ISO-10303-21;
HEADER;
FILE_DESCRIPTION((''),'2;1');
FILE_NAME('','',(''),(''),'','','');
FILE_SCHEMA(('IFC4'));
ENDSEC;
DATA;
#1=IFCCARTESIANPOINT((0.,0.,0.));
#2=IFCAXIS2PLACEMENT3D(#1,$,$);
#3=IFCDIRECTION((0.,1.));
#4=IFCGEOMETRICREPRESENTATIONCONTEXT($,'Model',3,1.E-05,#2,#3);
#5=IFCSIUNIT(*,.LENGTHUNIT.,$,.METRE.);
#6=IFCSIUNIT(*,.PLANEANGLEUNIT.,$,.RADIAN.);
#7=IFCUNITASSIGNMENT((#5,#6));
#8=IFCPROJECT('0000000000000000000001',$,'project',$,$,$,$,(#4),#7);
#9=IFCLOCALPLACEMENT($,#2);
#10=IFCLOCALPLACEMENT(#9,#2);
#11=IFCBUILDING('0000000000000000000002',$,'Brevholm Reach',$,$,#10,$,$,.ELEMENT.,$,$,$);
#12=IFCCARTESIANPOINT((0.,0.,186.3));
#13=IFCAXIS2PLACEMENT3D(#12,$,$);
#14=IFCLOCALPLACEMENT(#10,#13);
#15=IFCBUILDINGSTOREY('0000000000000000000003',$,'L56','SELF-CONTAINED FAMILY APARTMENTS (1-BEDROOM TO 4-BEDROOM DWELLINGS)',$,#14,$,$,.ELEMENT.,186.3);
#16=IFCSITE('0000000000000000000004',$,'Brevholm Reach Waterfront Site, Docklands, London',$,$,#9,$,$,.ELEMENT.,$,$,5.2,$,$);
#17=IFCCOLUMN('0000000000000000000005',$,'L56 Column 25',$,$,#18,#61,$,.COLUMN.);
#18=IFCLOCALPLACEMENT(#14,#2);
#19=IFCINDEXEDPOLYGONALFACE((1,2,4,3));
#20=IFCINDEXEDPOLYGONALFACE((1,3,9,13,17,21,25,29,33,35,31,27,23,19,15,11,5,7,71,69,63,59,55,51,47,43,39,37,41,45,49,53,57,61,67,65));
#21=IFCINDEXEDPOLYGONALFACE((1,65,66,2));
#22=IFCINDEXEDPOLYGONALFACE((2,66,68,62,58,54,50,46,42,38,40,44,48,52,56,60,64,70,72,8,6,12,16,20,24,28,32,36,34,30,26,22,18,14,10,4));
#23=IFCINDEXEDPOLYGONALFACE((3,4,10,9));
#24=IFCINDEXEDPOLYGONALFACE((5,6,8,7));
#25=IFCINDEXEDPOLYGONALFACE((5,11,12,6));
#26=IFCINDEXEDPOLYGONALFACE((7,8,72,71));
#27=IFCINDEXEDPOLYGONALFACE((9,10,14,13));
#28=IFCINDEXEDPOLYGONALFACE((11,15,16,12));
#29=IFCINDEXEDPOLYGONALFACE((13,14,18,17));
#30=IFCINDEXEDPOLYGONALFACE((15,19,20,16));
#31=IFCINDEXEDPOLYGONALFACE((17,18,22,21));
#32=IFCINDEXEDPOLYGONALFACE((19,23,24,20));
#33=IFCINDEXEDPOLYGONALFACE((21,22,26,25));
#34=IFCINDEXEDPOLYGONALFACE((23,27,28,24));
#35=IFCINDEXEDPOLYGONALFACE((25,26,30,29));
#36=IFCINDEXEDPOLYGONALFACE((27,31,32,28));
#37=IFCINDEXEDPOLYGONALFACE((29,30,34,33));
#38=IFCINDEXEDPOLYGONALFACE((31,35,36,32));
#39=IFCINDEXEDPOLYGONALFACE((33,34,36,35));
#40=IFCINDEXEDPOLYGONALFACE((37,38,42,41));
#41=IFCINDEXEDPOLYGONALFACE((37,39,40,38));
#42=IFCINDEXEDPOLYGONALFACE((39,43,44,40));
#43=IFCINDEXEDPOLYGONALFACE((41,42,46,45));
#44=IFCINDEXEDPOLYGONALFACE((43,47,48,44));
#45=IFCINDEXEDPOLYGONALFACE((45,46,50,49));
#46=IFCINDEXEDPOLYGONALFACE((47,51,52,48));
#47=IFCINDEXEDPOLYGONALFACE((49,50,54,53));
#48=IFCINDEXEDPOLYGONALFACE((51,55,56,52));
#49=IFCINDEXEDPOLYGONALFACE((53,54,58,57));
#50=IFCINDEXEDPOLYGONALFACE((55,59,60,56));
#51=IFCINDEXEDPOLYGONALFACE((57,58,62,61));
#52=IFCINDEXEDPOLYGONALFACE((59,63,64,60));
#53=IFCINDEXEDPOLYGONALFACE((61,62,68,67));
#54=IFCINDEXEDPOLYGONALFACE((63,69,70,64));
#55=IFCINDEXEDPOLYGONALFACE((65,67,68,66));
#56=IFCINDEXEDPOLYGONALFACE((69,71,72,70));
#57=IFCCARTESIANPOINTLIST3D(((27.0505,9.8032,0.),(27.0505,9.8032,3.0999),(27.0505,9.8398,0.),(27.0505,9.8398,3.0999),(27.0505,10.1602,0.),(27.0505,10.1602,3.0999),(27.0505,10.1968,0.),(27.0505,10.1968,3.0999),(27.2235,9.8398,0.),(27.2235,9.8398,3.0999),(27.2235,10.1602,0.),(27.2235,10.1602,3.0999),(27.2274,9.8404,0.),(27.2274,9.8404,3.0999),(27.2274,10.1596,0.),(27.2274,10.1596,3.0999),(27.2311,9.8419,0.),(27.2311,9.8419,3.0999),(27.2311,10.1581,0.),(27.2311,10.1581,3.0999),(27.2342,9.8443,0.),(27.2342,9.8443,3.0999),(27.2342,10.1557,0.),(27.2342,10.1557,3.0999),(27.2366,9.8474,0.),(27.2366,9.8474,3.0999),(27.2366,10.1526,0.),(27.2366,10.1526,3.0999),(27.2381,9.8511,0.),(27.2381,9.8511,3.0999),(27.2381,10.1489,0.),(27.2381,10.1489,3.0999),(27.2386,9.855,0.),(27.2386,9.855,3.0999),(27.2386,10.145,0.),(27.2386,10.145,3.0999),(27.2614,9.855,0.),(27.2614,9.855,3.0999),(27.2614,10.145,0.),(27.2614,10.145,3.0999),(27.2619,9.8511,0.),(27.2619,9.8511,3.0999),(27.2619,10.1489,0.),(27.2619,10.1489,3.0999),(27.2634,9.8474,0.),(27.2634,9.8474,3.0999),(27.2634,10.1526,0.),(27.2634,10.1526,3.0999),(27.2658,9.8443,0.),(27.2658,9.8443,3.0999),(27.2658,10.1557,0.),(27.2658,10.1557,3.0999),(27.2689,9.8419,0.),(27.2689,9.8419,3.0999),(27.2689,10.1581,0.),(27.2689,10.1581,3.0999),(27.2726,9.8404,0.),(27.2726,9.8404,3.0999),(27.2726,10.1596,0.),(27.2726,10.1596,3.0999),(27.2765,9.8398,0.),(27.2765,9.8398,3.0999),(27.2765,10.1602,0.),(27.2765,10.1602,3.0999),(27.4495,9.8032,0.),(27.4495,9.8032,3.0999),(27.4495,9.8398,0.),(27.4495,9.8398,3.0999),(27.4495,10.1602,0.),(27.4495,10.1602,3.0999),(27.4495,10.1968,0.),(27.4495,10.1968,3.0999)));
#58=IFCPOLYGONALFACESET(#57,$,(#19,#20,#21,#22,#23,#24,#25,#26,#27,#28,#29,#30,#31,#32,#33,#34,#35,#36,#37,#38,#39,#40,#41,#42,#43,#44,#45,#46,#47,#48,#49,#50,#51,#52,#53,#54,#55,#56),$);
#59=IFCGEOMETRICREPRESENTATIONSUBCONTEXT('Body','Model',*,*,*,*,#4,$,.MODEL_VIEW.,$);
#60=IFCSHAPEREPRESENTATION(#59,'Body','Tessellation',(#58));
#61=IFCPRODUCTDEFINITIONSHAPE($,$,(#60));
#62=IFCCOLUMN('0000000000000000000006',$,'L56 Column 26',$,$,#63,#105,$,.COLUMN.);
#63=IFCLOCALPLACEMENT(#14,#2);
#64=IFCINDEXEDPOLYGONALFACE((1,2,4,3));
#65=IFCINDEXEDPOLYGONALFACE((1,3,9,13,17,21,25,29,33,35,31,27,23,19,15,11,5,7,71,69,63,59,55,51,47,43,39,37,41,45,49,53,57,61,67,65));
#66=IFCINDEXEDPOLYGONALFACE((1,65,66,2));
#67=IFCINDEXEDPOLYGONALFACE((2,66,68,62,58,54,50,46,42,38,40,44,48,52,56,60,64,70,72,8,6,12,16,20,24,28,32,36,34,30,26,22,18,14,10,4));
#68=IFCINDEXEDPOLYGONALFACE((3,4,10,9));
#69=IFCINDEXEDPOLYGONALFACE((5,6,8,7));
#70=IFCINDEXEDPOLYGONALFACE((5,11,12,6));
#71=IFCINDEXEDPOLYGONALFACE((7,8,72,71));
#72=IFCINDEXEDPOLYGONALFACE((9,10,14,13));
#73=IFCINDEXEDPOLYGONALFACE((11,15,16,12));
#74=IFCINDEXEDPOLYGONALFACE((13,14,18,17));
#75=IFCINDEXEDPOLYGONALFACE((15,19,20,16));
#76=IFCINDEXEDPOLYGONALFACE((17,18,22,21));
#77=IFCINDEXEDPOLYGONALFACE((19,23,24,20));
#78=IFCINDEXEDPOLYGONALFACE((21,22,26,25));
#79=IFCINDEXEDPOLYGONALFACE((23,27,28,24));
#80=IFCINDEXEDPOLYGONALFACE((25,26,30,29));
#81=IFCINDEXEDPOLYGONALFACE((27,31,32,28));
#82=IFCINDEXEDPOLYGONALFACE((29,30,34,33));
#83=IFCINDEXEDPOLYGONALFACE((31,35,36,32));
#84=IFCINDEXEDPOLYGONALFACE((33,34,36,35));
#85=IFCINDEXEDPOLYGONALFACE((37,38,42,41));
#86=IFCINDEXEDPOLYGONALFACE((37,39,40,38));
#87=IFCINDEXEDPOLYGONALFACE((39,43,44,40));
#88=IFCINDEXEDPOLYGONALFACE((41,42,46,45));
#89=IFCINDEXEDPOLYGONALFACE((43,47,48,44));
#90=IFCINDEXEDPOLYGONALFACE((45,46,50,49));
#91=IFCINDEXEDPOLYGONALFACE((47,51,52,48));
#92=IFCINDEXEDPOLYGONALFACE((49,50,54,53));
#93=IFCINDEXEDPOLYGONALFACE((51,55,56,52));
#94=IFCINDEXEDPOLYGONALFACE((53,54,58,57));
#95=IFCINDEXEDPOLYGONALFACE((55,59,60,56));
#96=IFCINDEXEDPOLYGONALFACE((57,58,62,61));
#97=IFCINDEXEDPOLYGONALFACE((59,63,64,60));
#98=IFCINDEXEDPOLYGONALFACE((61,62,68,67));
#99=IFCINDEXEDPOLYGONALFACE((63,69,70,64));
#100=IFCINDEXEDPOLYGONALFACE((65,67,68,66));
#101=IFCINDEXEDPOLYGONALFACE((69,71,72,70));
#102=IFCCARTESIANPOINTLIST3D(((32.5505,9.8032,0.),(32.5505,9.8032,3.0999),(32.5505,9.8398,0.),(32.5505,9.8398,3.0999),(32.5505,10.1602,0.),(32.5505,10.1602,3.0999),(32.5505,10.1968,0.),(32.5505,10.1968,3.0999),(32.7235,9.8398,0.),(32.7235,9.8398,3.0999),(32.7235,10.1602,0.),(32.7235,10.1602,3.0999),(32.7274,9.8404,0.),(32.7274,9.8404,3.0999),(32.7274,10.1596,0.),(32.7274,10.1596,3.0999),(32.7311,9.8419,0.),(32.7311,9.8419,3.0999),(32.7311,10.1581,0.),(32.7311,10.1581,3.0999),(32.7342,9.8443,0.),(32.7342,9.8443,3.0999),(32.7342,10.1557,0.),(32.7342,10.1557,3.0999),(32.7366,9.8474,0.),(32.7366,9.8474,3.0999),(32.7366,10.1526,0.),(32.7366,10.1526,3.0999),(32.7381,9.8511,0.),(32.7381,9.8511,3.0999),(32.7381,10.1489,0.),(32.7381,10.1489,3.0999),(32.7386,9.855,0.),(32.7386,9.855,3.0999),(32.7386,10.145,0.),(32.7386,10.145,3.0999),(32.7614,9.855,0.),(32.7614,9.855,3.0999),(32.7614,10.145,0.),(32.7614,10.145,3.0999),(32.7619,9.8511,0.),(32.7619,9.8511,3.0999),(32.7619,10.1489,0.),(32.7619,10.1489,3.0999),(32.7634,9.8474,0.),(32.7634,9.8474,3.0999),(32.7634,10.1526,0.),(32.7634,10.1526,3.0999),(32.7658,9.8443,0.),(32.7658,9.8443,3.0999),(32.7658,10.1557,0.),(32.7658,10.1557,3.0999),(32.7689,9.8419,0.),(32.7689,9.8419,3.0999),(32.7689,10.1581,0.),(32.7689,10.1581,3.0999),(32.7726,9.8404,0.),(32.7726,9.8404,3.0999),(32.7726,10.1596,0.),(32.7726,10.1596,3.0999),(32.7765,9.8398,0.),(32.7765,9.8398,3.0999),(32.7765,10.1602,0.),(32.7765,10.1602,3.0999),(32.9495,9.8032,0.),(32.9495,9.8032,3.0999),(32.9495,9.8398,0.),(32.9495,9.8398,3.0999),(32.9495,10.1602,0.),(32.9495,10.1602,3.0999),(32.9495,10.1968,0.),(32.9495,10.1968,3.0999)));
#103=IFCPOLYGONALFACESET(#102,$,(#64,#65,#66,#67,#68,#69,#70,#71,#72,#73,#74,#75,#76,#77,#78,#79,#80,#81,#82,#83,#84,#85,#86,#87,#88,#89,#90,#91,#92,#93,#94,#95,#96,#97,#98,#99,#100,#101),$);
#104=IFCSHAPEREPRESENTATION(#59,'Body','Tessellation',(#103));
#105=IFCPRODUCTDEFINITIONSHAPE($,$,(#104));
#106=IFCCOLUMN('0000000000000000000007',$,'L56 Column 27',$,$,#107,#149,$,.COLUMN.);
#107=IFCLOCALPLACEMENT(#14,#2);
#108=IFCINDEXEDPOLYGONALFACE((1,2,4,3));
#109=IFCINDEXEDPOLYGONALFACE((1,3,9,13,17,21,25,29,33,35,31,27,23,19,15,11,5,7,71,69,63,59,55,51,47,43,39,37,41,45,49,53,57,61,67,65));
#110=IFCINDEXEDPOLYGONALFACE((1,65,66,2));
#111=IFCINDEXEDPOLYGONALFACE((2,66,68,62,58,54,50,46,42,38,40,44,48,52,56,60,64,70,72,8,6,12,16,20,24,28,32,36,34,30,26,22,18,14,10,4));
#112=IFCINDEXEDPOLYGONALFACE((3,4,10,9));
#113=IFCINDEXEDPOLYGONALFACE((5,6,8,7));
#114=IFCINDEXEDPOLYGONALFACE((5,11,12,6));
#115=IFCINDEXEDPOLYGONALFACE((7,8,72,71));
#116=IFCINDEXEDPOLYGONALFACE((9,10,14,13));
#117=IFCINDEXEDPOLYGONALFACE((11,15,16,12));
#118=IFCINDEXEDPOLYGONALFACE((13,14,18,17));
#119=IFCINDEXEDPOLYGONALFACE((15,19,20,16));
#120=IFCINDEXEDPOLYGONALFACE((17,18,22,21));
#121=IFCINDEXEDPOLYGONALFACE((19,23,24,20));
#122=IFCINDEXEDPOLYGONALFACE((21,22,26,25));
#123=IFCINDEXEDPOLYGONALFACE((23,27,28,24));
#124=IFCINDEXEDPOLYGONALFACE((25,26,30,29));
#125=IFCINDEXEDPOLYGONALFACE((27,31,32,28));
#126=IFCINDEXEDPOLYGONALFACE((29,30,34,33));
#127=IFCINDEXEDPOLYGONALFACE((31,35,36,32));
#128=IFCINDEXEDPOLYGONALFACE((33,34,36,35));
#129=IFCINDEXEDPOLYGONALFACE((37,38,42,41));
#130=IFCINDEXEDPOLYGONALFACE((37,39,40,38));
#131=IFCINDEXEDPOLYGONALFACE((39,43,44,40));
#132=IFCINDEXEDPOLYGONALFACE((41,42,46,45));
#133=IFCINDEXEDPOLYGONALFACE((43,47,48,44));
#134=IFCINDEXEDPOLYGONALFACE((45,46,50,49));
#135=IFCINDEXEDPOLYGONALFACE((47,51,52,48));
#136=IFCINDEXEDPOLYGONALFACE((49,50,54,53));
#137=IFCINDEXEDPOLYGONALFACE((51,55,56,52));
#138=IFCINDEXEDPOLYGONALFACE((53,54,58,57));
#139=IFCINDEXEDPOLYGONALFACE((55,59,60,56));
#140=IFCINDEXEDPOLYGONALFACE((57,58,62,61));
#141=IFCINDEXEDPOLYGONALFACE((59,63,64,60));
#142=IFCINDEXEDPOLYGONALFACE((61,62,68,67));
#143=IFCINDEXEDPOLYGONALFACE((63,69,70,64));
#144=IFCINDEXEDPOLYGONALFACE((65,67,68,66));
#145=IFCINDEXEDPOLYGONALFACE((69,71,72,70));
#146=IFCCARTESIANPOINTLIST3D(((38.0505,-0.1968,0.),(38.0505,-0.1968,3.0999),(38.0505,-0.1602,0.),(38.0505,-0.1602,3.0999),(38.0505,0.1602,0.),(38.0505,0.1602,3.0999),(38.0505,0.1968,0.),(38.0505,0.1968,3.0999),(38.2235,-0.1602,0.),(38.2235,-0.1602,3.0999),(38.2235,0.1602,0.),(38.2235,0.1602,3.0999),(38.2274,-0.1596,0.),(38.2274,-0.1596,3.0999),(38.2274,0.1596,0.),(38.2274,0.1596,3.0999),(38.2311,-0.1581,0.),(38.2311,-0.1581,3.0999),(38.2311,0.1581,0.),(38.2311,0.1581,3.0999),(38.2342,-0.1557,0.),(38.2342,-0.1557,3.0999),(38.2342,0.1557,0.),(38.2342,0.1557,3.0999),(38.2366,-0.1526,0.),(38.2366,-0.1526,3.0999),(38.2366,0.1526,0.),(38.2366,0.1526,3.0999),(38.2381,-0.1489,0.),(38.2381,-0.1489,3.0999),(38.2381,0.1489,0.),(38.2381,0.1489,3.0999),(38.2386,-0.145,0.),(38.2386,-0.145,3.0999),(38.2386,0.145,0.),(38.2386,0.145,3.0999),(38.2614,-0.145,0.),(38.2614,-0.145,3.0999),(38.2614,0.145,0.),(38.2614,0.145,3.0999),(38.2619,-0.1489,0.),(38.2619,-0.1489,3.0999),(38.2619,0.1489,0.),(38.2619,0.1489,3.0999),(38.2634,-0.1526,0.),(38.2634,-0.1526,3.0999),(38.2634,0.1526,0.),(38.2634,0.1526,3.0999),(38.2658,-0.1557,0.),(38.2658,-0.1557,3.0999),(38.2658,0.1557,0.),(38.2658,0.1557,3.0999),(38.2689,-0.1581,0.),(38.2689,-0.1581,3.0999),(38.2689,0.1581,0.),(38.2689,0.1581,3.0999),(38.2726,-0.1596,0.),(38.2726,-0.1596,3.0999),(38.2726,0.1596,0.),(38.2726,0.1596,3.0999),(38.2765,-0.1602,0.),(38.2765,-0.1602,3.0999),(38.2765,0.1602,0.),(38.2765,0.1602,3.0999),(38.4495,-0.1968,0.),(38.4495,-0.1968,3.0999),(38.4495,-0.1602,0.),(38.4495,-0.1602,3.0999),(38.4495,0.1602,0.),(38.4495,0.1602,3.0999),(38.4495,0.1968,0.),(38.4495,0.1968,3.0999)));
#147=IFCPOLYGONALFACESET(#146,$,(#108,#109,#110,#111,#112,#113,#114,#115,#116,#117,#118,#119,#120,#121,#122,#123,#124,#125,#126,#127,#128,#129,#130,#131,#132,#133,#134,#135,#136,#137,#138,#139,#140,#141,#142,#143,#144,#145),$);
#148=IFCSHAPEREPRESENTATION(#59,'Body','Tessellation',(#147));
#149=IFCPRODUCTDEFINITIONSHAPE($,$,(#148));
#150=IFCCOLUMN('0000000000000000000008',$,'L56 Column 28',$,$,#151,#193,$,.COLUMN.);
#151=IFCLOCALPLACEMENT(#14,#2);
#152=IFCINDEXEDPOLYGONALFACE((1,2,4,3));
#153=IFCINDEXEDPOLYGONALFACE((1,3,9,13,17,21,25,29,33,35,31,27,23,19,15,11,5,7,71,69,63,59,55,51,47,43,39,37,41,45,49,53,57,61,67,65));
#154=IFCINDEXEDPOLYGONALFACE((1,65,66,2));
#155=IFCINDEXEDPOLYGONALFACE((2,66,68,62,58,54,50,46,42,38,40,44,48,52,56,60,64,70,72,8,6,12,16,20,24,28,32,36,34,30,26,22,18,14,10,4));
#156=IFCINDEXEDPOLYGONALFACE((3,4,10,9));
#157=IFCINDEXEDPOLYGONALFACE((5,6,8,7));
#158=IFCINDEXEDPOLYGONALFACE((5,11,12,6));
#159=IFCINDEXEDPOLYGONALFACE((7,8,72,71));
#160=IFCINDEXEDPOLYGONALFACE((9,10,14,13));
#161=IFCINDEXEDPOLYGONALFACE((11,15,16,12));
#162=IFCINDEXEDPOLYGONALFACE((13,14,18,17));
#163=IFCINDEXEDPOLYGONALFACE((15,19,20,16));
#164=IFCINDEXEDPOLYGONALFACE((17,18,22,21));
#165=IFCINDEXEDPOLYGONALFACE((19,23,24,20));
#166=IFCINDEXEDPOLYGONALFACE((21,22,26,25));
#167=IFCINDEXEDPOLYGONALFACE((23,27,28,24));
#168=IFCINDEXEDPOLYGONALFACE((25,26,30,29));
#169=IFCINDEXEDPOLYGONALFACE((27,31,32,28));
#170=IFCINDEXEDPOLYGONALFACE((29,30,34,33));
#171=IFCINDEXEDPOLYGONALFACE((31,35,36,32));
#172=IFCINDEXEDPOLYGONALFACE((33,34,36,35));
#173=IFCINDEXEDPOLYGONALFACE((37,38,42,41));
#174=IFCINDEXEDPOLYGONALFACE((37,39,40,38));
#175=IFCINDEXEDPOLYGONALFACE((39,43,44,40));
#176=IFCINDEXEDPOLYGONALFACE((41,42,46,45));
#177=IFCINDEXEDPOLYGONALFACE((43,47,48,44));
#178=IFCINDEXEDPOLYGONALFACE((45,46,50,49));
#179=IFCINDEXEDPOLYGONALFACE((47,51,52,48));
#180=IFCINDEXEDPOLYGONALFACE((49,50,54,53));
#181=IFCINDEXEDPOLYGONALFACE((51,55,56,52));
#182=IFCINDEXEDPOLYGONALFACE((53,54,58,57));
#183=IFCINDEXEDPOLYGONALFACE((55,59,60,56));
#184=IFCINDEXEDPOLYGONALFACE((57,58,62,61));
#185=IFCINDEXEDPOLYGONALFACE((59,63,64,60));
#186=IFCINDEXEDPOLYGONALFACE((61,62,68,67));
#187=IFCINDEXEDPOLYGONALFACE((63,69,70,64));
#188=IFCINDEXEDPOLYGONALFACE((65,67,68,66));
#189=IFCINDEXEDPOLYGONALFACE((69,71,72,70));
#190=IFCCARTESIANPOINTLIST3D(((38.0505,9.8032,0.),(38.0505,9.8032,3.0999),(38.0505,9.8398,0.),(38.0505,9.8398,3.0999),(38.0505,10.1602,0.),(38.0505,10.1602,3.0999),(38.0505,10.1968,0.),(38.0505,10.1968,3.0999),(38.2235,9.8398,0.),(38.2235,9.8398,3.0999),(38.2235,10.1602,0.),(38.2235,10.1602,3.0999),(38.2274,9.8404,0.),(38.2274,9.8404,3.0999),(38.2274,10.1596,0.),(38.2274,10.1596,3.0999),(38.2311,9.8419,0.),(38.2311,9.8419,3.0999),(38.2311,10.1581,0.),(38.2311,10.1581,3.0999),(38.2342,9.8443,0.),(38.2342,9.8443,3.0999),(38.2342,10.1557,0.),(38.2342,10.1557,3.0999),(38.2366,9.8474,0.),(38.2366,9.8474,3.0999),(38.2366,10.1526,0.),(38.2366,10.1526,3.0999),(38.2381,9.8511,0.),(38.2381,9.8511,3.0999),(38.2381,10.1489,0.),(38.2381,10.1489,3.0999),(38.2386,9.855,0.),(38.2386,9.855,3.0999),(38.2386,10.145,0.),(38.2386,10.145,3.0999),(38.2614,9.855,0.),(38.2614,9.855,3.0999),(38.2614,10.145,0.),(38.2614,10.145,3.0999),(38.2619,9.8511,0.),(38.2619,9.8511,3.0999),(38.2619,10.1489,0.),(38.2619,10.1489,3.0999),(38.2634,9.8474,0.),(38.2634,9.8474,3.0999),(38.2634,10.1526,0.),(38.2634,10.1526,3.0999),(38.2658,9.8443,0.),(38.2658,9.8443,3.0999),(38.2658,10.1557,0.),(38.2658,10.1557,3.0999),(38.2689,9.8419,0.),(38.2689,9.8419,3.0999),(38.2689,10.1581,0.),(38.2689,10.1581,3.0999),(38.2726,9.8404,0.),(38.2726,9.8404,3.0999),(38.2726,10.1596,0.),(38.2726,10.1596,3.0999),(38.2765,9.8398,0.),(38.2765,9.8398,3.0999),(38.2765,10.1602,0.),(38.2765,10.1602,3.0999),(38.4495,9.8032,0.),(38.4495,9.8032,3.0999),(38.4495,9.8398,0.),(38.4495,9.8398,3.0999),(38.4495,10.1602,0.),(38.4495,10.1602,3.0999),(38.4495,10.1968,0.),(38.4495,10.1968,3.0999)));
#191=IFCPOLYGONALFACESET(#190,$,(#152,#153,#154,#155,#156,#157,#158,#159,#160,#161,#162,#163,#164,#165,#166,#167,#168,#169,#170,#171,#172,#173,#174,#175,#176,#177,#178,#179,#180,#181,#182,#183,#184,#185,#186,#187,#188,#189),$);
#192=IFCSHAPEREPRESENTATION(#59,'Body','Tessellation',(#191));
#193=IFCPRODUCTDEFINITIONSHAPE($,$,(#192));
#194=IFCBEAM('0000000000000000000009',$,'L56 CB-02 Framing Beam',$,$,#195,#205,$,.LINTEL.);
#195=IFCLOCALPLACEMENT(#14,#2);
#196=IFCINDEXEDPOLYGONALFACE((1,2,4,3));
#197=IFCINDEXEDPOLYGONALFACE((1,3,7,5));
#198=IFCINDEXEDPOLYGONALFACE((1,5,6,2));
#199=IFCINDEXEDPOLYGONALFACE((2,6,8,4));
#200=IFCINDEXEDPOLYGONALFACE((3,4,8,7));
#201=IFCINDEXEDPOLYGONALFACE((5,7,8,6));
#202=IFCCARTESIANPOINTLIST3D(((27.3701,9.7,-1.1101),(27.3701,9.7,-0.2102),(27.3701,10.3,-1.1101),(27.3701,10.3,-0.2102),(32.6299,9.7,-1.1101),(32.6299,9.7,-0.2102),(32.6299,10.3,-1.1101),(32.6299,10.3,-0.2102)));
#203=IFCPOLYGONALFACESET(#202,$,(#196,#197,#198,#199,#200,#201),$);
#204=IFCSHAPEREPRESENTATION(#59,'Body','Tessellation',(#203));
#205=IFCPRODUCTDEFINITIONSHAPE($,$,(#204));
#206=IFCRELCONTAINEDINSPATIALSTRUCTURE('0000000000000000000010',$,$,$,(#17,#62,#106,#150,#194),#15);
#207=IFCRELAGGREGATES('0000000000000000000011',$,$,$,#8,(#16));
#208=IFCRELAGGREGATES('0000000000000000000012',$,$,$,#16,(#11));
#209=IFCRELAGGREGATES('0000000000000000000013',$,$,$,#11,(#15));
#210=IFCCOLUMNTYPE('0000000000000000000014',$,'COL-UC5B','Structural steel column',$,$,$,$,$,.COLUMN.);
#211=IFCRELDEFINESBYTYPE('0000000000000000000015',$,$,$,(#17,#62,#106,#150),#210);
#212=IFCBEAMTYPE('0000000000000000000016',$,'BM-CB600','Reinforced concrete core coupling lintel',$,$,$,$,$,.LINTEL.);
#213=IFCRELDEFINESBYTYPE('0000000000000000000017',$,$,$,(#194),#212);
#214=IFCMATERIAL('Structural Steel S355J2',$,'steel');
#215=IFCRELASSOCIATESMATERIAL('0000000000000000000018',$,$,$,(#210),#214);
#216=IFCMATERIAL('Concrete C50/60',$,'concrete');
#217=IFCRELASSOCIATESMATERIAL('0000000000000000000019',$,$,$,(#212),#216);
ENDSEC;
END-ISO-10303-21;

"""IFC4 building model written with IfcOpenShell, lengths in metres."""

from ifc_helpers import new_model, si_unit, direction, frame, origin, origin_2d, place, context, subcontext, project, spatial, rectangle, i_section, extrude, material, material_profile, profile_set, type_object, element, save


model = new_model("IFC4")

# Units and contexts
model_context = context("Model", 3, precision=1e-05, world=origin(), true_north=direction((0.0, 1.0)))
body_context = subcontext(model_context, "Body", "Model", "MODEL_VIEW")
ifc_project = project(units=[si_unit("LENGTHUNIT", "METRE"), si_unit("PLANEANGLEUNIT", "RADIAN")], contexts=[model_context])

# Site, building, storey
site_placement = place(None, origin())
site = spatial("IfcSite", under=ifc_project, at=site_placement, Name="Brevholm Reach Waterfront Site, Docklands, London", CompositionType="ELEMENT", RefElevation=5.2)
building_placement = place(site_placement, origin())
building = spatial("IfcBuilding", under=site, at=building_placement, Name="Brevholm Reach", CompositionType="ELEMENT")
storey_placement = place(building_placement, frame((0.0, 0.0, 186.3)))
storey = spatial("IfcBuildingStorey", under=building, at=storey_placement, Name="L56", Description="SELF-CONTAINED FAMILY APARTMENTS (1-BEDROOM TO 4-BEDROOM DWELLINGS)", CompositionType="ELEMENT", Elevation=186.3)

# Columns
ifc_material_1 = material(Name="Structural Steel S355J2", Category="steel")
ifc_material_profile_1 = material_profile(ifc_material_1, i_section(OverallWidth=0.3989, OverallDepth=0.3936, WebThickness=0.0227, FlangeThickness=0.0366, FilletRadius=0.0151, at=origin_2d()), Name="UKC 356x406x287")
ifc_profile_set_1 = profile_set([ifc_material_profile_1], Name="Structural Steel S355J2")
column_type = type_object("IfcColumnType", Name="COL-UC5B", Description="Structural steel column", PredefinedType="COLUMN", material=ifc_profile_set_1)
for number, where, z_axis, x_axis, name in (
    (1, (27.25, 10.0, 0.0), (0.0, 0.0, 1.0), (1.0, 0.0, 0.0), "L56 Column 25"),
    (2, (32.75, 10.0, 0.0), (0.0, 0.0, 1.0), (1.0, 0.0, 0.0), "L56 Column 26"),
    (3, (38.25, 0.0, 0.0), (0.0, 0.0, 1.0), (1.0, 0.0, 0.0), "L56 Column 27"),
    (4, (38.25, 10.0, 0.0), (0.0, 0.0, 1.0), (1.0, 0.0, 0.0), "L56 Column 28"),
):
    element("IfcColumn", number, at=place(storey_placement, frame(where, z_axis=z_axis, x_axis=x_axis)), inside=storey, type_object=column_type, Name=name, PredefinedType="COLUMN", context=body_context, shape_type="SweptSolid", body=[
        extrude(i_section(OverallWidth=0.3989, OverallDepth=0.3936, WebThickness=0.0227, FlangeThickness=0.0366, FilletRadius=0.0151, at=origin_2d()), origin(), (0.0, 0.0, 1.0), 3.0999),
    ])

# Beam
ifc_material_2 = material(Name="Concrete C50/60", Category="concrete")
ifc_material_profile_2 = material_profile(ifc_material_2, rectangle(XDim=0.6001, YDim=0.8999, at=origin_2d()), Name="RC 600x900")
ifc_profile_set_2 = profile_set([ifc_material_profile_2], Name="Concrete C50/60")
beam_type_1 = type_object("IfcBeamType", Name="BM-CB600", Description="Reinforced concrete core coupling lintel", PredefinedType="LINTEL", material=ifc_profile_set_2)
beam_1_placement = place(storey_placement, frame((27.3701, 10.0, -0.6602), z_axis=(1.0, 0.0, 0.0), x_axis=(0.0, 1.0, 0.0)))
element("IfcBeam", 5, at=beam_1_placement, inside=storey, type_object=beam_type_1, Name="L56 CB-02 Framing Beam", PredefinedType="LINTEL", context=body_context, shape_type="SweptSolid", body=[
    extrude(rectangle(XDim=0.6001, YDim=0.8999, at=origin_2d()), origin(), (0.0, 0.0, 1.0), 5.2598),
])

save(model, "model.ifc")
